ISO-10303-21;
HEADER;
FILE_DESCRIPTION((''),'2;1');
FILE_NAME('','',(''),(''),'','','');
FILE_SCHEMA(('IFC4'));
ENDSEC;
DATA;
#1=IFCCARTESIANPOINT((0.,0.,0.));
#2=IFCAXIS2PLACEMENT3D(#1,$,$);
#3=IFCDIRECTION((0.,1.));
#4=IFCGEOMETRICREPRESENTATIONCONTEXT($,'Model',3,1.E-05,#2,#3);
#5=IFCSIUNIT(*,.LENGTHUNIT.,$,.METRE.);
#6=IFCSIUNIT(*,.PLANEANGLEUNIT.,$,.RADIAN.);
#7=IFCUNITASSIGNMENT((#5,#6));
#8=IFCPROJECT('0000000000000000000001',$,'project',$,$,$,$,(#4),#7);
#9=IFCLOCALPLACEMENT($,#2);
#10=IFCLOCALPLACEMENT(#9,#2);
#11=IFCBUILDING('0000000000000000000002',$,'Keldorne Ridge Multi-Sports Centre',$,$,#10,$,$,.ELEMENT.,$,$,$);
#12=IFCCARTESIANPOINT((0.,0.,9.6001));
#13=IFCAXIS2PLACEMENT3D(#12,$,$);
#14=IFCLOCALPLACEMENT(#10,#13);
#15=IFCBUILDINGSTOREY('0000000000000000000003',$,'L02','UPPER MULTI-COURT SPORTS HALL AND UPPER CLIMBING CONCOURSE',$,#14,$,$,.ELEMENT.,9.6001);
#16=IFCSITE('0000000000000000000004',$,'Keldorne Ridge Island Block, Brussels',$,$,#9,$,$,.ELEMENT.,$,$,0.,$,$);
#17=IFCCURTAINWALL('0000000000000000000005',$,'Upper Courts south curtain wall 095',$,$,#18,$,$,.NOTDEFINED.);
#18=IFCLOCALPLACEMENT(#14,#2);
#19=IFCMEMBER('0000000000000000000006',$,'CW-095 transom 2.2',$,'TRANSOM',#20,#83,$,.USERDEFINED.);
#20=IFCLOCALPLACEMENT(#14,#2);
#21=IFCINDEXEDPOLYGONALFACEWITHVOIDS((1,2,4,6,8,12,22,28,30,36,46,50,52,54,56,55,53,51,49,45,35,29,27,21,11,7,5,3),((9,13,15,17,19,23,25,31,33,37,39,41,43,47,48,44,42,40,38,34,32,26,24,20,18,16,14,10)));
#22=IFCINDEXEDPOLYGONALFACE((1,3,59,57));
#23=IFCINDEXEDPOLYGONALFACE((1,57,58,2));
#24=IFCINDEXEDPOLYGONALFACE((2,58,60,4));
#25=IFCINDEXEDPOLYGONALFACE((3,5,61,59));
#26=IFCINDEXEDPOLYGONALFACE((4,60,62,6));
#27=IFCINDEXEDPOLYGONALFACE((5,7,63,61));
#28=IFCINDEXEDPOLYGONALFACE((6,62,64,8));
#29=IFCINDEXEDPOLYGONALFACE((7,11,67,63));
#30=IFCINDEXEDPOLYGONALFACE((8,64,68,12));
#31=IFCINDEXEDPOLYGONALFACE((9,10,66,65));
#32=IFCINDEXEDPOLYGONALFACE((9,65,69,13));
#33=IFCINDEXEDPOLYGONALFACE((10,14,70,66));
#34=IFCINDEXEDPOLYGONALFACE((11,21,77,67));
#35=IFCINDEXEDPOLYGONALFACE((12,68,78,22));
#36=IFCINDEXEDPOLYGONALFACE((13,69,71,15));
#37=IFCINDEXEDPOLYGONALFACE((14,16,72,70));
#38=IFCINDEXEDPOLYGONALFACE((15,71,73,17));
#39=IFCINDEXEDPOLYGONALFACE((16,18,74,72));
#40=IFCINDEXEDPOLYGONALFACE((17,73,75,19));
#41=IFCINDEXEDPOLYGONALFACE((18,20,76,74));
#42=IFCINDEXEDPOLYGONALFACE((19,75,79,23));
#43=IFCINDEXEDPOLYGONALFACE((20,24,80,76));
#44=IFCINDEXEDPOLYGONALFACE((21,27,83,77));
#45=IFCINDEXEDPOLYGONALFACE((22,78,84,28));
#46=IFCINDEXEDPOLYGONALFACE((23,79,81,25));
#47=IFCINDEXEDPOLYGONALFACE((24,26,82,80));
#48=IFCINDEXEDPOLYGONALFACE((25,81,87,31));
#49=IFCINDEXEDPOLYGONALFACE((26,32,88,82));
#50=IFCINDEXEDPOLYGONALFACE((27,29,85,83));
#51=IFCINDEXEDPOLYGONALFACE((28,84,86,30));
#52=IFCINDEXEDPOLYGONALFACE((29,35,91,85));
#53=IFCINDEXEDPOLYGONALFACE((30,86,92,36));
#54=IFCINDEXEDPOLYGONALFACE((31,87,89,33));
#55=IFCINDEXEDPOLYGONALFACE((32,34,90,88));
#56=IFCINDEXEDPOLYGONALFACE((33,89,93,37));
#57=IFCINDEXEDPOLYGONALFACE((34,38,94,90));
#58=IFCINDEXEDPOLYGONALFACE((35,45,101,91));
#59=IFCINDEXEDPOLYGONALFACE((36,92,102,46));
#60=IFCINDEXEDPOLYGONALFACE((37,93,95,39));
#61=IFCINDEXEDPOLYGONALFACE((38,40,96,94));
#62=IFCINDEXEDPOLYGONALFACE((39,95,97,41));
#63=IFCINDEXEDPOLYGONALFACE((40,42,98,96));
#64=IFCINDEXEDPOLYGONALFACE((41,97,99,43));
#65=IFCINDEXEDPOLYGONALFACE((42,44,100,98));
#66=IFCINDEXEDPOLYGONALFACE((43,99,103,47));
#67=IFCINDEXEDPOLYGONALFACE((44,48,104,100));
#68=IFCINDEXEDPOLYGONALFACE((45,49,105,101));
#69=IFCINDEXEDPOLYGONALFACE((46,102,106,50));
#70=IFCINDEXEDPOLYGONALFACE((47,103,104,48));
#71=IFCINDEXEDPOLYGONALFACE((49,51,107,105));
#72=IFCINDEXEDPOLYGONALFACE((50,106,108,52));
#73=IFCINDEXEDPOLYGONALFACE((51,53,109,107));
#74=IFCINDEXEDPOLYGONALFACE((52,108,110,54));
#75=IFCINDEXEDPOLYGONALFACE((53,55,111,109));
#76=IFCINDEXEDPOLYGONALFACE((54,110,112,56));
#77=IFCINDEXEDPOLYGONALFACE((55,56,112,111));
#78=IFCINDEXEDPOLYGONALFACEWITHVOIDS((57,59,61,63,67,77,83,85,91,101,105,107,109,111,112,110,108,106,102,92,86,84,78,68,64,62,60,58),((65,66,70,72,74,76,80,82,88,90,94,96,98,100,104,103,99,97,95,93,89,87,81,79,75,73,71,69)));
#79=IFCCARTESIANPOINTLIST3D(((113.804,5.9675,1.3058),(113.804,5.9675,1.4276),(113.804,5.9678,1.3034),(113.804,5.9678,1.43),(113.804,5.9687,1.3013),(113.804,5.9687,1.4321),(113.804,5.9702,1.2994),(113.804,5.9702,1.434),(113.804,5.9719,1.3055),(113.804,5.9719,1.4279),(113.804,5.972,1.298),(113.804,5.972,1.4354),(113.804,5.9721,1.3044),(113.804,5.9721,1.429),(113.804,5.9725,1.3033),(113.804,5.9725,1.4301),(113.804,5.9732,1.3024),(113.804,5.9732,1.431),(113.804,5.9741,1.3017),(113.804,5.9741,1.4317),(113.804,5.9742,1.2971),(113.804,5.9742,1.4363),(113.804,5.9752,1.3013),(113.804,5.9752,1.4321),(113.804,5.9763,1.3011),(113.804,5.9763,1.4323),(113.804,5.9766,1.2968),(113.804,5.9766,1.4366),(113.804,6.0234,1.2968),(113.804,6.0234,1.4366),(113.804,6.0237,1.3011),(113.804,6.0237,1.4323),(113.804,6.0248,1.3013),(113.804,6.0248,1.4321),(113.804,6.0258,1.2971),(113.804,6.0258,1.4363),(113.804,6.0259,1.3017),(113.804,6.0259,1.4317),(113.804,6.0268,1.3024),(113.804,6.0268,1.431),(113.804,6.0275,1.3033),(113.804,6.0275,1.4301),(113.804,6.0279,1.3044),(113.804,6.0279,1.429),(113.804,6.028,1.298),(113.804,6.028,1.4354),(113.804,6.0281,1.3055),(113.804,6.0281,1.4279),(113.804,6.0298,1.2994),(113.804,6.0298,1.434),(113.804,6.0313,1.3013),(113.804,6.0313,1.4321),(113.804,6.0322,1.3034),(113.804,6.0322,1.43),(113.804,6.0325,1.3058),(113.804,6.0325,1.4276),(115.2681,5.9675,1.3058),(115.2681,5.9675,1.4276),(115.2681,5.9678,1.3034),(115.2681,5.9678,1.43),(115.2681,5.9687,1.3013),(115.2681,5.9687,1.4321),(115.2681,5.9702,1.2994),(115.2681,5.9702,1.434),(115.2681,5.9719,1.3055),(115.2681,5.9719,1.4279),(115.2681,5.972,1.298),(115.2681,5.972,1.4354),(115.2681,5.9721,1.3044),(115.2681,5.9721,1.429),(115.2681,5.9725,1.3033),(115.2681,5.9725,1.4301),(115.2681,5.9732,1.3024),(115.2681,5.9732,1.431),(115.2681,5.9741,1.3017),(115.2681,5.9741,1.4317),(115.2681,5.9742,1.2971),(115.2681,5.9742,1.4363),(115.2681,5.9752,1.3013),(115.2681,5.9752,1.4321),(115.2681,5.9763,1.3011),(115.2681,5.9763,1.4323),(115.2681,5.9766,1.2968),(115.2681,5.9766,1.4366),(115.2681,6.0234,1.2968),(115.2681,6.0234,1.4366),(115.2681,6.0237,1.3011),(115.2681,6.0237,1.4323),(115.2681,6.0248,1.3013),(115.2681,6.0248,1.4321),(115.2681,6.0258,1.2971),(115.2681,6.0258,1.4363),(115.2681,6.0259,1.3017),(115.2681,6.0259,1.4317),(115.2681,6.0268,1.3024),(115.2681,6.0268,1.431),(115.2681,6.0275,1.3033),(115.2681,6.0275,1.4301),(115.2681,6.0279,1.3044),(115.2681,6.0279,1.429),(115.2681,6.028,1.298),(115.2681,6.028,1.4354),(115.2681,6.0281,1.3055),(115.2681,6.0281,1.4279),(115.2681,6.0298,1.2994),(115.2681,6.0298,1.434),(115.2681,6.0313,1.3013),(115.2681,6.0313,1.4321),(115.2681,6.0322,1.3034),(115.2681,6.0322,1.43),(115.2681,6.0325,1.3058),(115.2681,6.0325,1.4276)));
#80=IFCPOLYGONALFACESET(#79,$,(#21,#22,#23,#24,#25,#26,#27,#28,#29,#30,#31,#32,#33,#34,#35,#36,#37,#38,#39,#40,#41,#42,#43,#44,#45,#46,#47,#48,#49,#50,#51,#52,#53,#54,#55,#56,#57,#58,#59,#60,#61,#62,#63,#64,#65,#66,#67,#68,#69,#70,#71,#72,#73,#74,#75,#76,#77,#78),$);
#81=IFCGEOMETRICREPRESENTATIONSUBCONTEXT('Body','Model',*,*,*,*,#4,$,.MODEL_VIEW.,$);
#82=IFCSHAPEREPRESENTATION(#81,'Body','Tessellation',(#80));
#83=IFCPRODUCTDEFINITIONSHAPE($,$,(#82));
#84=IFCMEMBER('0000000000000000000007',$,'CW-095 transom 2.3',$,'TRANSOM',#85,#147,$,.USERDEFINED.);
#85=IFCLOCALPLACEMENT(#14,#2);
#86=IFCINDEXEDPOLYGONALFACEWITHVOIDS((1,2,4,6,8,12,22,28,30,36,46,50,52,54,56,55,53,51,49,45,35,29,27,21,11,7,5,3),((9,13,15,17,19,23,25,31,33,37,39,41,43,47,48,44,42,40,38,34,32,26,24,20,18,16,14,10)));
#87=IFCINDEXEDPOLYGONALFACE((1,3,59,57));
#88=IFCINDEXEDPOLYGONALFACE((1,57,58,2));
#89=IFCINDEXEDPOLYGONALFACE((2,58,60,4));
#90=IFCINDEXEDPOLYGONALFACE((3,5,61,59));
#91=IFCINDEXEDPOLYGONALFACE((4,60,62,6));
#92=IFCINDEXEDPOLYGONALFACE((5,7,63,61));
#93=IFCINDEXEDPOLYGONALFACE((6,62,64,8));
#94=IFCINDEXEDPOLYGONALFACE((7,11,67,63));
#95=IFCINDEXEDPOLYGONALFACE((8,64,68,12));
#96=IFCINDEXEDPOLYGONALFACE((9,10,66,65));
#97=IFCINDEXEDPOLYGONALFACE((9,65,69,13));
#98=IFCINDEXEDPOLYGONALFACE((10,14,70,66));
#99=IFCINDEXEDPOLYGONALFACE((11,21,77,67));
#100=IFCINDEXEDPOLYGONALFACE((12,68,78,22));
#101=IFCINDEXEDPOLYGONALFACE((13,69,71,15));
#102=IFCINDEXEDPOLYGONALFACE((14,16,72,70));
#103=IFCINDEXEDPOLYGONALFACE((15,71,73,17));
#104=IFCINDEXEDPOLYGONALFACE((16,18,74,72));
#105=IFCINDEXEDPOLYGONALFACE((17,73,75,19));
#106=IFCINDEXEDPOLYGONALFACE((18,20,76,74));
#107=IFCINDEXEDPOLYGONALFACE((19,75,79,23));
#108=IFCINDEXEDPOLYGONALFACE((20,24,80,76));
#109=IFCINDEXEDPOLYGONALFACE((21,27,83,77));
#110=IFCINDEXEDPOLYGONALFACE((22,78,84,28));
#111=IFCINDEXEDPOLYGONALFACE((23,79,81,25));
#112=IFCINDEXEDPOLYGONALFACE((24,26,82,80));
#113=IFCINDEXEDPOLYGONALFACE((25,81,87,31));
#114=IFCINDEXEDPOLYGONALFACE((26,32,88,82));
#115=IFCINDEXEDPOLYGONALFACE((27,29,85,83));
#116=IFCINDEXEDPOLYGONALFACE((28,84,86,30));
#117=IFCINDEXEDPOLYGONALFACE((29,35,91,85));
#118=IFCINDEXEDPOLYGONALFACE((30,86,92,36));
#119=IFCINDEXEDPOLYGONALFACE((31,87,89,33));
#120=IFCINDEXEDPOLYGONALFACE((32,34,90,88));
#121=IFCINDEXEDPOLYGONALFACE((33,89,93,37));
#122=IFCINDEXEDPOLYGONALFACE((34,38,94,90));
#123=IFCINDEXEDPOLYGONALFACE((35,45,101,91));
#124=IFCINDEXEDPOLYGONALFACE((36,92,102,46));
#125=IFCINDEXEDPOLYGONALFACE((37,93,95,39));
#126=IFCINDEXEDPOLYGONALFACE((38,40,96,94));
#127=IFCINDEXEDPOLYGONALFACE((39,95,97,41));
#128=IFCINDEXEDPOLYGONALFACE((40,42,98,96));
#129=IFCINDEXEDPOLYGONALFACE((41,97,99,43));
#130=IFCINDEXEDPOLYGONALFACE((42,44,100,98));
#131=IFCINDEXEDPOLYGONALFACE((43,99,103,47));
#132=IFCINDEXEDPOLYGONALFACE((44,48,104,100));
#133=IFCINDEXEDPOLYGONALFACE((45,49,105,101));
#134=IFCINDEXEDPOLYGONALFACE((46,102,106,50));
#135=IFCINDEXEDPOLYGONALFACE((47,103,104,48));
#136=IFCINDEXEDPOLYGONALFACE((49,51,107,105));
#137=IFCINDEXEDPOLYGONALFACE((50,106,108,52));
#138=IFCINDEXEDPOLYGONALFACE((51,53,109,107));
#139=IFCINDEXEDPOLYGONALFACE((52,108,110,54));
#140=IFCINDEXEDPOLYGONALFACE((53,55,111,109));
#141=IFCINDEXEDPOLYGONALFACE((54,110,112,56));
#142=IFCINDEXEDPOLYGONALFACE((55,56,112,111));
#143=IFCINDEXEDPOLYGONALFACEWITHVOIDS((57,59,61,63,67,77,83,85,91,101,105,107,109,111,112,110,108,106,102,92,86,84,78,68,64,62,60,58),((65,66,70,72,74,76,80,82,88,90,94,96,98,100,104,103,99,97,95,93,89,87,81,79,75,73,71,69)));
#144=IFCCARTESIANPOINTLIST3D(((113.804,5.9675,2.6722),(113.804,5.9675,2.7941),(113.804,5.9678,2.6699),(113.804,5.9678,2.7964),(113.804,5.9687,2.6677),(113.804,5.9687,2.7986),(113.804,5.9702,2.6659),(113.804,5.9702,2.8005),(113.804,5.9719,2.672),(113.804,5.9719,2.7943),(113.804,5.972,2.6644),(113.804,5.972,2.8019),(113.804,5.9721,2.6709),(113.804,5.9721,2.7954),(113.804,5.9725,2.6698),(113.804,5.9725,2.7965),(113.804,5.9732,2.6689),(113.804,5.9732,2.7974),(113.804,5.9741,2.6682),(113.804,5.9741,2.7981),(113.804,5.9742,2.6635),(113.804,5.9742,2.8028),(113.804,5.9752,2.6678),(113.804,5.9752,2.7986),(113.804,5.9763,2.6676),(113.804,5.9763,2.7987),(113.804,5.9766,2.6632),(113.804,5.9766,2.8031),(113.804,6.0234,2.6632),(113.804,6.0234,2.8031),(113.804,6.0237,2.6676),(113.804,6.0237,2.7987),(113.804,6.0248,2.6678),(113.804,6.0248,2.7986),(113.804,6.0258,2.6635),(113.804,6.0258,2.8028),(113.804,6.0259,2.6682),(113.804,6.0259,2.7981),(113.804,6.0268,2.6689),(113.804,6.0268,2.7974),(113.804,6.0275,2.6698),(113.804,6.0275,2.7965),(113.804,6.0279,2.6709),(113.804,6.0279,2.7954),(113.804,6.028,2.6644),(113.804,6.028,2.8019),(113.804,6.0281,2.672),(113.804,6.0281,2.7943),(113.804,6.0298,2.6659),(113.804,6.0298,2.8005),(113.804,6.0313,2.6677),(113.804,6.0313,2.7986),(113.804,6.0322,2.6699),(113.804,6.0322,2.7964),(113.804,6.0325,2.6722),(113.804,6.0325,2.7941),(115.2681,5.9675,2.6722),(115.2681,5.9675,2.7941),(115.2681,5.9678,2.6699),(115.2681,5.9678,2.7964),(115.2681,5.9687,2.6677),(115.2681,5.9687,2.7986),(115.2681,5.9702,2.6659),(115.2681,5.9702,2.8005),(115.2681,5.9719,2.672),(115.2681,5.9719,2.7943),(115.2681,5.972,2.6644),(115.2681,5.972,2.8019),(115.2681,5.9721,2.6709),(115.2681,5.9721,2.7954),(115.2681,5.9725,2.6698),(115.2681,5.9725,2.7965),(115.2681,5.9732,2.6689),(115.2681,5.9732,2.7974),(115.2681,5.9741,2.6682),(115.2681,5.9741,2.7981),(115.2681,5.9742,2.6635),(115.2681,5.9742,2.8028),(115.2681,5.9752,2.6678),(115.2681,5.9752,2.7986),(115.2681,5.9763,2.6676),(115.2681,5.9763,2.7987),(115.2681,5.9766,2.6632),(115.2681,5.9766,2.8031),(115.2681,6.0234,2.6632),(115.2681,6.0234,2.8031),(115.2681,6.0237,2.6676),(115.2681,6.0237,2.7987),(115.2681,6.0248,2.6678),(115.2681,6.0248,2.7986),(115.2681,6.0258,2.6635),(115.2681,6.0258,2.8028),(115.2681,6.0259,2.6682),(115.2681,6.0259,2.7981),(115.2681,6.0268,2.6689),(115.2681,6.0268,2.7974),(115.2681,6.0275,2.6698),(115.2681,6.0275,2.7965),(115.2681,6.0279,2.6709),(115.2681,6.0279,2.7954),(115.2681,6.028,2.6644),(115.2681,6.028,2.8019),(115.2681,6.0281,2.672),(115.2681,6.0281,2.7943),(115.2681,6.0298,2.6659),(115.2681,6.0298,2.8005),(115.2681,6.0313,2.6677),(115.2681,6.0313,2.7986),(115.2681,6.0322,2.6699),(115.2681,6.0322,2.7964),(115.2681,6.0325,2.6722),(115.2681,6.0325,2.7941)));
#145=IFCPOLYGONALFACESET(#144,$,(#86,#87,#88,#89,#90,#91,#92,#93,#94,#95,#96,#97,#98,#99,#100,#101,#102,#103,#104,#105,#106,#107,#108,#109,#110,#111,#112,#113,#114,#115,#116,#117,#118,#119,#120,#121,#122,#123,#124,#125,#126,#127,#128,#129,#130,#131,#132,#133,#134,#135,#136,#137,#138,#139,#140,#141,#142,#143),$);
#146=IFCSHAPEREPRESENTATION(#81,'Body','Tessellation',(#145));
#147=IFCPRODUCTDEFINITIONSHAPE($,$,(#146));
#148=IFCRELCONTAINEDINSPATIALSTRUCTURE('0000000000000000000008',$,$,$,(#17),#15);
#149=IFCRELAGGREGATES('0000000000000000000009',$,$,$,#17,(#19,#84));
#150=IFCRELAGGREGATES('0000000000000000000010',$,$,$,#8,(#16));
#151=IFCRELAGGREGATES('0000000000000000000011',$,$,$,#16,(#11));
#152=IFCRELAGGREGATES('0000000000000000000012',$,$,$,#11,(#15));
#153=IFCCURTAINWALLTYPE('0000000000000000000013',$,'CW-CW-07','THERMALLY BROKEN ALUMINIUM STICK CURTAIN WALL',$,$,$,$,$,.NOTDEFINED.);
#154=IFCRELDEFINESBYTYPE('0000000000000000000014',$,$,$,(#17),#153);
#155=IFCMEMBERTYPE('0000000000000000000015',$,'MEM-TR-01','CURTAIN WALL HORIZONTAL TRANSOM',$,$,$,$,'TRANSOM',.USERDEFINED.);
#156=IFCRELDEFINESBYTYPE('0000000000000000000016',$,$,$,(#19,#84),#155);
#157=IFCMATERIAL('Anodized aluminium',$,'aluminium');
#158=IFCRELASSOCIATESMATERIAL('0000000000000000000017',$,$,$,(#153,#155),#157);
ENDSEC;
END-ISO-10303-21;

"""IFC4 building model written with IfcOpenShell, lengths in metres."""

from ifc_helpers import new_model, si_unit, direction, frame, origin, origin_2d, place, context, subcontext, project, spatial, hollow_rectangle, extrude, material, material_profile, profile_set, type_object, element, aggregate, save


model = new_model("IFC4")

# Units and contexts
model_context = context("Model", 3, precision=1e-05, world=origin(), true_north=direction((0.0, 1.0)))
body_context = subcontext(model_context, "Body", "Model", "MODEL_VIEW")
ifc_project = project(units=[si_unit("LENGTHUNIT", "METRE"), si_unit("PLANEANGLEUNIT", "RADIAN")], contexts=[model_context])

# Site, building, storey
site_placement = place(None, origin())
site = spatial("IfcSite", under=ifc_project, at=site_placement, Name="Keldorne Ridge Island Block, Brussels", CompositionType="ELEMENT", RefElevation=0.0)
building_placement = place(site_placement, origin())
building = spatial("IfcBuilding", under=site, at=building_placement, Name="Keldorne Ridge Multi-Sports Centre", CompositionType="ELEMENT")
storey_placement = place(building_placement, frame((0.0, 0.0, 9.6001)))
storey = spatial("IfcBuildingStorey", under=building, at=storey_placement, Name="L02", Description="UPPER MULTI-COURT SPORTS HALL AND UPPER CLIMBING CONCOURSE", CompositionType="ELEMENT", Elevation=9.6001)

# Curtain wall, members
ifc_material_1 = material(Name="Anodized aluminium", Category="aluminium")
curtain_wall_type = type_object("IfcCurtainWallType", Name="CW-CW-07", Description="THERMALLY BROKEN ALUMINIUM STICK CURTAIN WALL", PredefinedType="NOTDEFINED", material=ifc_material_1)
curtain_wall_placement = place(storey_placement, origin())
curtain_wall = element("IfcCurtainWall", 1, at=curtain_wall_placement, inside=storey, type_object=curtain_wall_type, Name="Upper Courts south curtain wall 095", PredefinedType="NOTDEFINED")
ifc_material_profile_1 = material_profile(ifc_material_1, hollow_rectangle(XDim=0.0649, YDim=0.1399, WallThickness=0.0044, InnerFilletRadius=0.0044, OuterFilletRadius=0.009, at=origin_2d()), Name="ALU TRANSOM 140x65x4.5")
ifc_profile_set_1 = profile_set([ifc_material_profile_1], Name="Anodized aluminium")
member_type_1 = type_object("IfcMemberType", Name="MEM-TR-01", Description="CURTAIN WALL HORIZONTAL TRANSOM", ElementType="TRANSOM", PredefinedType="USERDEFINED", material=ifc_profile_set_1)
member_1_placement = place(storey_placement, frame((113.804, 6.0, 1.3667), z_axis=(1.0, 0.0, 0.0), x_axis=(0.0, 1.0, 0.0)))
member_1 = element("IfcMember", 2, at=member_1_placement, type_object=member_type_1, Name="CW-095 transom 2.2", ObjectType="TRANSOM", PredefinedType="USERDEFINED", context=body_context, shape_type="SweptSolid", body=[
    extrude(hollow_rectangle(XDim=0.0649, YDim=0.1399, WallThickness=0.0044, InnerFilletRadius=0.0044, OuterFilletRadius=0.009, at=origin_2d()), origin(), (0.0, 0.0, 1.0), 1.4641),
])
member_2_placement = place(storey_placement, frame((113.804, 6.0, 2.7332), z_axis=(1.0, 0.0, 0.0), x_axis=(0.0, 1.0, 0.0)))
member_2 = element("IfcMember", 3, at=member_2_placement, type_object=member_type_1, Name="CW-095 transom 2.3", ObjectType="TRANSOM", PredefinedType="USERDEFINED", context=body_context, shape_type="SweptSolid", body=[
    extrude(hollow_rectangle(XDim=0.0649, YDim=0.1399, WallThickness=0.0044, InnerFilletRadius=0.0044, OuterFilletRadius=0.009, at=origin_2d()), origin(), (0.0, 0.0, 1.0), 1.4641),
])
aggregate(curtain_wall, [member_1, member_2])

save(model, "model.ifc")
